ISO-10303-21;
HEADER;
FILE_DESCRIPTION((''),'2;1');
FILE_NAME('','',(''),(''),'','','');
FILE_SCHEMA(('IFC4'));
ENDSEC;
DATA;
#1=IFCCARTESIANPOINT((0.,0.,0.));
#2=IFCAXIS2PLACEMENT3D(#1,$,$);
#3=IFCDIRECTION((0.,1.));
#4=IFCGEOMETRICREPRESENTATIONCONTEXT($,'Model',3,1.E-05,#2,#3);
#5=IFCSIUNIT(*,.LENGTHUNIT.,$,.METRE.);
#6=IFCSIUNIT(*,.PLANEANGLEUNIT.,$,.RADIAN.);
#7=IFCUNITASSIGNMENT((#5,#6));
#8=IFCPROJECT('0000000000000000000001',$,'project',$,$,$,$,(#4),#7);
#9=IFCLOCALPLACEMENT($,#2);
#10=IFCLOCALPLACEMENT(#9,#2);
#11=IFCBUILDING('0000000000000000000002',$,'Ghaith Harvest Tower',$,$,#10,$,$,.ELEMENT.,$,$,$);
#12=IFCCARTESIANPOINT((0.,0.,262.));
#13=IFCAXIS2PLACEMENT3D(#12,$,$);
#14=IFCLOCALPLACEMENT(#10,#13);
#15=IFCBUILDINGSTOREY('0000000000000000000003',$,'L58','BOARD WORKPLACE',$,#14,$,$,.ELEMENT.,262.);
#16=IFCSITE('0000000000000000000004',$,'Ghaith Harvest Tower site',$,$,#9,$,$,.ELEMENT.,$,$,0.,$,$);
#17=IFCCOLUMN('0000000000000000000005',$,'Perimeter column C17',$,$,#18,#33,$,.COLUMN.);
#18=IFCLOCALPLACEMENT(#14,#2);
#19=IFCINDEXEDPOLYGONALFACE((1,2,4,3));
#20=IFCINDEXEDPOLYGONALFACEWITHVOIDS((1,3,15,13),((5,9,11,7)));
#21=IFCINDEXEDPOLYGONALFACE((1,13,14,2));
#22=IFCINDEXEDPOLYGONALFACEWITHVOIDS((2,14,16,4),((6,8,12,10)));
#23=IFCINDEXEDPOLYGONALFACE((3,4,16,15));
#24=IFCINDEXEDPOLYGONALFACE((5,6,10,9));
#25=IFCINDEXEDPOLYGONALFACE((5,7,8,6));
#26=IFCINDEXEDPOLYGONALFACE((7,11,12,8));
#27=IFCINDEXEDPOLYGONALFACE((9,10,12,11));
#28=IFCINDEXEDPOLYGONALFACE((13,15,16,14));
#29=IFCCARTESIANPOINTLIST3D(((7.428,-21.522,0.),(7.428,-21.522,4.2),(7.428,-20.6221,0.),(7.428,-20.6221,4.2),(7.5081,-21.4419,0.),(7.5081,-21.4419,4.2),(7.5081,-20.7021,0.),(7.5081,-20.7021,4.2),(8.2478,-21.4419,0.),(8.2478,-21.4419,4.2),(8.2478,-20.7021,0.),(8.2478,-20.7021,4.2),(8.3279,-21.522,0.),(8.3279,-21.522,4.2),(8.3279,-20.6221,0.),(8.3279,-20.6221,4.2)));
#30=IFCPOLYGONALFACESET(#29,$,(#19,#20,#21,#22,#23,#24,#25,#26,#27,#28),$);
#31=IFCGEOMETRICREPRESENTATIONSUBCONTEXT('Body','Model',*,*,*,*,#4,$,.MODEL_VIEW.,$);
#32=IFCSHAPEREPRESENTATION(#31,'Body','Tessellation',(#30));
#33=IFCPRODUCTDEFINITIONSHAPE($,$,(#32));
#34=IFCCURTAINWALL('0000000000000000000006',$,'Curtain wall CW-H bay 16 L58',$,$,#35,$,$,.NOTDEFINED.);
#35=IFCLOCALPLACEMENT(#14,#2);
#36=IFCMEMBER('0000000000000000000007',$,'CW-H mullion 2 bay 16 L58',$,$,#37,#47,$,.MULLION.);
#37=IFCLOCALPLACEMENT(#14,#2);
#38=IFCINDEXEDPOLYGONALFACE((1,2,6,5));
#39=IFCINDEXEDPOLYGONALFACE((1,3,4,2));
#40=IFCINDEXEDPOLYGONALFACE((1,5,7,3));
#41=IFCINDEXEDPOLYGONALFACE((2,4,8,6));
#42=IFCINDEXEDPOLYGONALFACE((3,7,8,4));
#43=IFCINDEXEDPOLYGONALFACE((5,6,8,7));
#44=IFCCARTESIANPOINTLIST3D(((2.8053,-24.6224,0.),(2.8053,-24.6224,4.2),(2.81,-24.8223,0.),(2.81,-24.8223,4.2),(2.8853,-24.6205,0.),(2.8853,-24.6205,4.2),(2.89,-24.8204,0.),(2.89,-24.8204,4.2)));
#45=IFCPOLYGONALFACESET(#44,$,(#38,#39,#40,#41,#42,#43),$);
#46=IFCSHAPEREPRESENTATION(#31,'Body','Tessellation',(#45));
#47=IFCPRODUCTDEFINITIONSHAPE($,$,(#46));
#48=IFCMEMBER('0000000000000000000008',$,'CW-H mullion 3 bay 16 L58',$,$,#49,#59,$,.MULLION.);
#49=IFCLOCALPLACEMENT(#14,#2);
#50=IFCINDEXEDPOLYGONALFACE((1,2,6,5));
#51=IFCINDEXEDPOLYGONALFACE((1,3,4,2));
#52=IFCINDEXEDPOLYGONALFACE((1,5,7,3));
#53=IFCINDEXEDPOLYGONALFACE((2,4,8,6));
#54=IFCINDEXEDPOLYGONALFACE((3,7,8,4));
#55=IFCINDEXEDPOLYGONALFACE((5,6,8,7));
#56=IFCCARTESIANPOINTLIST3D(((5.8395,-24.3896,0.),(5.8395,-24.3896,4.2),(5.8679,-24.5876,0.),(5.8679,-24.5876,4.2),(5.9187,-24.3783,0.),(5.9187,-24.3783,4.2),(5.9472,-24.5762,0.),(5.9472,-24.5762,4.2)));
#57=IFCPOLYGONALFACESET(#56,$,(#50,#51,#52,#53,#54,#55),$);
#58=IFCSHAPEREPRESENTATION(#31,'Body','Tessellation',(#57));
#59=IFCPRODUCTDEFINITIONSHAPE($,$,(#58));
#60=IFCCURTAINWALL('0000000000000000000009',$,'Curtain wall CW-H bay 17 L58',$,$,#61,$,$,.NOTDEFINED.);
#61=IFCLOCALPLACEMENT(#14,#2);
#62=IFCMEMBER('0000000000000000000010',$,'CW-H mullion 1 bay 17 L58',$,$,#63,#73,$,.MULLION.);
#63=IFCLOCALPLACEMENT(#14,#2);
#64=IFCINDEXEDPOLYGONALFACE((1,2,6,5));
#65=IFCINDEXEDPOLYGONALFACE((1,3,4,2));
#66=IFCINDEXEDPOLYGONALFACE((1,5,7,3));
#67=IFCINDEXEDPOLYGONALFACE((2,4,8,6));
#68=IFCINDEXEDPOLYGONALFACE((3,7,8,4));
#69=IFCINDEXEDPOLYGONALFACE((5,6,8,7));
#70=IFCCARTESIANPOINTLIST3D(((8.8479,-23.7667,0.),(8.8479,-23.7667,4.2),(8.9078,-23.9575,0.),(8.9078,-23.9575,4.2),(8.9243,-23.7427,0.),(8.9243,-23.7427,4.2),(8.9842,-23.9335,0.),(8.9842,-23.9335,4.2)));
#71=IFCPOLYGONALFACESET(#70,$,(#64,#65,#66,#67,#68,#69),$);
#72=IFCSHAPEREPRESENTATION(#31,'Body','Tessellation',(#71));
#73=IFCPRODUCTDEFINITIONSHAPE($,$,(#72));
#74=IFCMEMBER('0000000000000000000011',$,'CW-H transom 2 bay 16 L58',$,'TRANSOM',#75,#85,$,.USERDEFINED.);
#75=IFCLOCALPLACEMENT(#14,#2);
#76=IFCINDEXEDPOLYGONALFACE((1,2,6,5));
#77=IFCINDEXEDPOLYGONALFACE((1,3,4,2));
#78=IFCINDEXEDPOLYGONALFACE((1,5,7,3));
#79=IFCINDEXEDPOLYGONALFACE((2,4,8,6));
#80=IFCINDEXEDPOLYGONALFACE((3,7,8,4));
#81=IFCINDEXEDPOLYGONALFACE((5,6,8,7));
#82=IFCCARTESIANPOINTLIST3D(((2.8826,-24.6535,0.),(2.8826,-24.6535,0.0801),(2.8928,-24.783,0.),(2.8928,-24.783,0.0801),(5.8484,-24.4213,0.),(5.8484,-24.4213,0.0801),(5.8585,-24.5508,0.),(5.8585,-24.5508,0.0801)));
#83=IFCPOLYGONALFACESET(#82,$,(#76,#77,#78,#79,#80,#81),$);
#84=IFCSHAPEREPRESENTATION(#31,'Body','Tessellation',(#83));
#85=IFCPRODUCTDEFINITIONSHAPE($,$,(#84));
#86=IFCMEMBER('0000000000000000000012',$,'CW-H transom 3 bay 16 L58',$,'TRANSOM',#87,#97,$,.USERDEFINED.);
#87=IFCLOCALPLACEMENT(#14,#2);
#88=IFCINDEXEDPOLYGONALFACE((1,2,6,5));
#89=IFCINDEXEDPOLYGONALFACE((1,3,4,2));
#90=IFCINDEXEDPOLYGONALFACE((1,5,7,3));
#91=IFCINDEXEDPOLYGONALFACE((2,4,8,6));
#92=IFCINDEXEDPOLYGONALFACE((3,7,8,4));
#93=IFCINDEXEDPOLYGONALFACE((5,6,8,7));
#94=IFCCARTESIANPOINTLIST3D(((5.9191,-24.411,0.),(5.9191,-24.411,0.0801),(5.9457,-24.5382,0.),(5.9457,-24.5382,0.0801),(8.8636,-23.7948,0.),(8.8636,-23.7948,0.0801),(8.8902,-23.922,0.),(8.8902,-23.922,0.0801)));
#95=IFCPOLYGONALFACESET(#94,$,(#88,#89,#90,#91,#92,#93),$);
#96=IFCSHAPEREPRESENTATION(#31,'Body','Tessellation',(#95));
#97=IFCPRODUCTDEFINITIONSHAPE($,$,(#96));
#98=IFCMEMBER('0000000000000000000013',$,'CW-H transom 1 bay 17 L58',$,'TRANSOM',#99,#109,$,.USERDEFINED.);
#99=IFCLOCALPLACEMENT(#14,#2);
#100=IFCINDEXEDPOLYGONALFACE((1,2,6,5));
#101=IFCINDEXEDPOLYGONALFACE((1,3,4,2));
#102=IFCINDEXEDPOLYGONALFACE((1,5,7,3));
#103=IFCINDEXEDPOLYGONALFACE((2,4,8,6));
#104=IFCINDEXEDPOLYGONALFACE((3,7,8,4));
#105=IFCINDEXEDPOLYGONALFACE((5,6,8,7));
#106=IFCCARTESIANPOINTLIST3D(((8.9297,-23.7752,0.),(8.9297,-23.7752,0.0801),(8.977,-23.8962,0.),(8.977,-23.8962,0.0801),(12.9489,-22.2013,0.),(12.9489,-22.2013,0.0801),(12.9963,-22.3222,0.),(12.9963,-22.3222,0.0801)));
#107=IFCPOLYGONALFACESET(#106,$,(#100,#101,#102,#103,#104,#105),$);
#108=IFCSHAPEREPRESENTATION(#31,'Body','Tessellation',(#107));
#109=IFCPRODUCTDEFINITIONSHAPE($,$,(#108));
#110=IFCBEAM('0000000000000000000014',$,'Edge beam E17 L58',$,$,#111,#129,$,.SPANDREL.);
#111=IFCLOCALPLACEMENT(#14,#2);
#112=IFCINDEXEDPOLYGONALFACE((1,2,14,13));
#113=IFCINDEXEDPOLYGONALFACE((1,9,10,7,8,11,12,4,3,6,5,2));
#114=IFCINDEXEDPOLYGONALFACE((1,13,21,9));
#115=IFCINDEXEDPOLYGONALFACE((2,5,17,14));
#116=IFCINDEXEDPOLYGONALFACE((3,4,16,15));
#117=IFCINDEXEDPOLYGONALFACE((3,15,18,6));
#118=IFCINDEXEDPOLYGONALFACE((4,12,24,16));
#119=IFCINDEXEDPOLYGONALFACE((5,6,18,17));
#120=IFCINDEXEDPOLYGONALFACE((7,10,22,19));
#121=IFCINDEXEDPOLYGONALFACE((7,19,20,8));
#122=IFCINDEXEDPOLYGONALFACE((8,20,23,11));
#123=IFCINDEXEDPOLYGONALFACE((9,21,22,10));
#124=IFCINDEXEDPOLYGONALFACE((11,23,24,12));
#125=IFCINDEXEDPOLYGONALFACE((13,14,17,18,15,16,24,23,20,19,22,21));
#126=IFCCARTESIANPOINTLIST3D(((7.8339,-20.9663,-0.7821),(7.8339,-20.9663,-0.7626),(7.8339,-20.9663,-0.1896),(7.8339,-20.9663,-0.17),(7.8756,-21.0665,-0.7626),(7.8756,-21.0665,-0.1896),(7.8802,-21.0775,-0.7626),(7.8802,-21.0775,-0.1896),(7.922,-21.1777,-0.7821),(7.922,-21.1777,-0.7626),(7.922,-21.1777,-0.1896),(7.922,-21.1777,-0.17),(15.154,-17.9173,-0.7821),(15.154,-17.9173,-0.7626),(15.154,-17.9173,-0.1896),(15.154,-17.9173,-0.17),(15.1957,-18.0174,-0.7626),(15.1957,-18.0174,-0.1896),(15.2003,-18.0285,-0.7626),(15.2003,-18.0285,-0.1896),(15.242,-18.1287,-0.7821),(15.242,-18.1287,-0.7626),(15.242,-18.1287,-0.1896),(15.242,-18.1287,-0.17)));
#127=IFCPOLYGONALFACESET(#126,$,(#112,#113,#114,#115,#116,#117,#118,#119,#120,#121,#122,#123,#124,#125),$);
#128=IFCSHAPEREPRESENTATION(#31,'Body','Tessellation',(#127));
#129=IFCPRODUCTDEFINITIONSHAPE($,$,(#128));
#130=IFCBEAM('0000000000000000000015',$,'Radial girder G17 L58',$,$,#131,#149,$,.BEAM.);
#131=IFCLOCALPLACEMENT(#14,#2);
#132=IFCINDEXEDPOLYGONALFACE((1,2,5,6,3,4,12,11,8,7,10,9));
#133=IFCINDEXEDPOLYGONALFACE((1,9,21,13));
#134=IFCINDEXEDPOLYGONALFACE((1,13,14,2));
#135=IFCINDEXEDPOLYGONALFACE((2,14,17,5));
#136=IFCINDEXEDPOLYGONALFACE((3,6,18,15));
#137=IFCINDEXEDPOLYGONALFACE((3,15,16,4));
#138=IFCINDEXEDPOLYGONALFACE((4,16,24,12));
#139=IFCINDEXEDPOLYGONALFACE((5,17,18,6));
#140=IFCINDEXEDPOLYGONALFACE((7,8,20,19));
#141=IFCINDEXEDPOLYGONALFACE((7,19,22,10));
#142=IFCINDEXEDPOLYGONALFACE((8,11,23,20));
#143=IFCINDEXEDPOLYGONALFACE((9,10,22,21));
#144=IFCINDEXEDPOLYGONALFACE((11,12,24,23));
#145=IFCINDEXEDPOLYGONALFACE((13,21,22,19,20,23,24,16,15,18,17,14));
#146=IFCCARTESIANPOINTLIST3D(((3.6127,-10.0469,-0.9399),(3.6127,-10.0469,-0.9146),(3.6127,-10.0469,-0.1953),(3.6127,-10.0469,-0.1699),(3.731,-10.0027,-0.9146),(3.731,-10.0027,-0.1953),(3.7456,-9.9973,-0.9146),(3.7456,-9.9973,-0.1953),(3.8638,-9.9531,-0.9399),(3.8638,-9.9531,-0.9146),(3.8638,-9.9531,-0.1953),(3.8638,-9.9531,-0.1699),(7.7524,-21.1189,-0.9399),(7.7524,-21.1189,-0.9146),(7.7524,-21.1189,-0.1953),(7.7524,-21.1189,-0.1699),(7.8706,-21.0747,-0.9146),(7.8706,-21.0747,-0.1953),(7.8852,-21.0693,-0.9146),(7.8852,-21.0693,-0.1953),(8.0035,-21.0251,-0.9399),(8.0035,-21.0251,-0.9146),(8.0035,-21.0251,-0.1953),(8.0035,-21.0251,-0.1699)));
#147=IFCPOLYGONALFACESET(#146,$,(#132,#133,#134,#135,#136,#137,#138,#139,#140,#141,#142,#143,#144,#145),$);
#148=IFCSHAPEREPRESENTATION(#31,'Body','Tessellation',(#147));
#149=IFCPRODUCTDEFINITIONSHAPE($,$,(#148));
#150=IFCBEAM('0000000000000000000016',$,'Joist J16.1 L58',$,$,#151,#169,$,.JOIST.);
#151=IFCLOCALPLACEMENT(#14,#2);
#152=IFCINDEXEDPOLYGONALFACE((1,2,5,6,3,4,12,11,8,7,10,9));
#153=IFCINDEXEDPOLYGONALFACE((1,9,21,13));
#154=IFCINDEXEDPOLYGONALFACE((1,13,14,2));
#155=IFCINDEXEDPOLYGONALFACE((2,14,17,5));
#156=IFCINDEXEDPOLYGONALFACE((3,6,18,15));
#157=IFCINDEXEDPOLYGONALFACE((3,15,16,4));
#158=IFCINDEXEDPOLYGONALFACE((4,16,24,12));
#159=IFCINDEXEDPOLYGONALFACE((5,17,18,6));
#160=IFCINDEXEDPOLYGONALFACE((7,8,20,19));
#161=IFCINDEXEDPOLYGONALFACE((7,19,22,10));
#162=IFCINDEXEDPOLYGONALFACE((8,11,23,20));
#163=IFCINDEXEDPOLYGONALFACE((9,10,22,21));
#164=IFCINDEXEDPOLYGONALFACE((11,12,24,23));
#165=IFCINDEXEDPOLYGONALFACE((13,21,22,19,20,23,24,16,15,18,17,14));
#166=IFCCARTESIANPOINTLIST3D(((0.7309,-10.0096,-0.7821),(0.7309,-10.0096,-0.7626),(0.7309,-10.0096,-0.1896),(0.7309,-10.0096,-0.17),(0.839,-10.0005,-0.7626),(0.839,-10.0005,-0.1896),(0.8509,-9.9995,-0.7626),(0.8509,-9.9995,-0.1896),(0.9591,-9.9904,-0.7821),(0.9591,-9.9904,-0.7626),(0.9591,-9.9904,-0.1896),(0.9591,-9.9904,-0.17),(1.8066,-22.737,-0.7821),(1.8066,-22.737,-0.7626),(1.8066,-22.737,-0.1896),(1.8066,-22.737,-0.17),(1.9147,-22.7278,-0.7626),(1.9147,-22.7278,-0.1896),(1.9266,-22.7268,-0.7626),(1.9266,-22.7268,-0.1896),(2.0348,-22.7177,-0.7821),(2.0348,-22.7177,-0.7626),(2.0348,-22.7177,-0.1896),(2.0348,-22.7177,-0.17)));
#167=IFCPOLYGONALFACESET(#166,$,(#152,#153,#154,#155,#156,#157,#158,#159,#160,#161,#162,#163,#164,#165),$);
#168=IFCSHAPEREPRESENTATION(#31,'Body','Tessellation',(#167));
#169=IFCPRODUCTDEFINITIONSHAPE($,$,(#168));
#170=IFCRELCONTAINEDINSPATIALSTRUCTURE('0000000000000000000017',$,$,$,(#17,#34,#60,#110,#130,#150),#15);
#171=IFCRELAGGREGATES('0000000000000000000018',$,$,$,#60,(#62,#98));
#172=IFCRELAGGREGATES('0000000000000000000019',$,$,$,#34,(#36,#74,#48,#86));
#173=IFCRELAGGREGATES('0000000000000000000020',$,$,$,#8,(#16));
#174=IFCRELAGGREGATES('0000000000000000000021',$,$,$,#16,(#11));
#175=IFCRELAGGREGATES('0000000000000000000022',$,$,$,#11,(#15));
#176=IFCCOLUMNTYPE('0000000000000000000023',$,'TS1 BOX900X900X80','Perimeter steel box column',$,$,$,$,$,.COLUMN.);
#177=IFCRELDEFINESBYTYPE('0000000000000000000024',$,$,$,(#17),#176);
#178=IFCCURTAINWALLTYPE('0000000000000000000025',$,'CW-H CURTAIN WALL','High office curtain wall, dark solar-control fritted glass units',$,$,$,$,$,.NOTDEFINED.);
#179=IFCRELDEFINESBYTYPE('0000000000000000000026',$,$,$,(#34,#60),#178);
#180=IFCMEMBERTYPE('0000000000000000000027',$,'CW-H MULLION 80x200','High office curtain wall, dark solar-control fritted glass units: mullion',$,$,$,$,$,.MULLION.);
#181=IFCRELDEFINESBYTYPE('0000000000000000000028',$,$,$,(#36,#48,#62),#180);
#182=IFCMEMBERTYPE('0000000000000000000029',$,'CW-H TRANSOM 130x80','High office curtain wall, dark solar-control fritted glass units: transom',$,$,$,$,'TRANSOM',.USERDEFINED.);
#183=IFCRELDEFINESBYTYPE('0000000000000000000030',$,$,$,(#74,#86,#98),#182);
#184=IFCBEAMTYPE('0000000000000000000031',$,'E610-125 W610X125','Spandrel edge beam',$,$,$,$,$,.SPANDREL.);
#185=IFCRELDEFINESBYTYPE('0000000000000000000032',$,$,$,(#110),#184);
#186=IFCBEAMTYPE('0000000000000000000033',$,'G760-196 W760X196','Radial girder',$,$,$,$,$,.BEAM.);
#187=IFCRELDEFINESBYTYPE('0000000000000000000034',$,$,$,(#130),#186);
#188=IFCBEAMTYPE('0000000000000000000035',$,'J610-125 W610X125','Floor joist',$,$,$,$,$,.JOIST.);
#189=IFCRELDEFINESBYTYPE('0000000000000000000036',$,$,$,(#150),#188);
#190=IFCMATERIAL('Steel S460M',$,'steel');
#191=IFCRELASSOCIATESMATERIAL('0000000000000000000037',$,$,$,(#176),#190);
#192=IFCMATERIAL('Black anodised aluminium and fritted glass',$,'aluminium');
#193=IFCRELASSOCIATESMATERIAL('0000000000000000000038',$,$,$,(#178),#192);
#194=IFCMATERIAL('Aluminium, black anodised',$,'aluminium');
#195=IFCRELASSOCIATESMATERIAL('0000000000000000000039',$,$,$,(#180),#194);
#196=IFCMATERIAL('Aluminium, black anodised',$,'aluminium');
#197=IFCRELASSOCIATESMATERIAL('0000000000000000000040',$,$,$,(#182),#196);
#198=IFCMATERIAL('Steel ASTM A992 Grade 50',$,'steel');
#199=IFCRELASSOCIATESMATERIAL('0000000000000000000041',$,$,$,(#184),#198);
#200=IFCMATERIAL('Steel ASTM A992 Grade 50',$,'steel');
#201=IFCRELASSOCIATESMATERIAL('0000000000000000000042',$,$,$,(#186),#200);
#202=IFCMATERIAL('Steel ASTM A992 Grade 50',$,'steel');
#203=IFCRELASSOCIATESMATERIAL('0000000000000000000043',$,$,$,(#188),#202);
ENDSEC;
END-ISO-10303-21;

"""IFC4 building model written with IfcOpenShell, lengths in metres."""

from ifc_helpers import new_model, si_unit, direction, frame, origin, origin_2d, place, context, subcontext, project, spatial, rectangle, hollow_rectangle, i_section, extrude, material, material_profile, profile_set, type_object, element, aggregate, save


model = new_model("IFC4")

# Units and contexts
model_context = context("Model", 3, precision=1e-05, world=origin(), true_north=direction((0.0, 1.0)))
body_context = subcontext(model_context, "Body", "Model", "MODEL_VIEW")
ifc_project = project(units=[si_unit("LENGTHUNIT", "METRE"), si_unit("PLANEANGLEUNIT", "RADIAN")], contexts=[model_context])

# Site, building, storey
site_placement = place(None, origin())
site = spatial("IfcSite", under=ifc_project, at=site_placement, Name="Ghaith Harvest Tower site", CompositionType="ELEMENT", RefElevation=0.0)
building_placement = place(site_placement, origin())
building = spatial("IfcBuilding", under=site, at=building_placement, Name="Ghaith Harvest Tower", CompositionType="ELEMENT")
storey_placement = place(building_placement, frame((0.0, 0.0, 262.0)))
storey = spatial("IfcBuildingStorey", under=building, at=storey_placement, Name="L58", Description="BOARD WORKPLACE", CompositionType="ELEMENT", Elevation=262.0)

# Column
ifc_material_1 = material(Name="Steel S460M", Category="steel")
ifc_material_profile_1 = material_profile(ifc_material_1, hollow_rectangle(XDim=0.8999, YDim=0.8999, WallThickness=0.0801, at=origin_2d()), Name="BOX900X900X80")
ifc_profile_set_1 = profile_set([ifc_material_profile_1], Name="Steel S460M")
column_type = type_object("IfcColumnType", Name="TS1 BOX900X900X80", Description="Perimeter steel box column", PredefinedType="COLUMN", material=ifc_profile_set_1)
column_placement = place(storey_placement, frame((7.8779, -21.072, 0.0), z_axis=(0.0, 0.0, 1.0), x_axis=(1.0, 0.0, 0.0)))
element("IfcColumn", 1, at=column_placement, inside=storey, type_object=column_type, Name="Perimeter column C17", PredefinedType="COLUMN", context=body_context, shape_type="SweptSolid", body=[
    extrude(hollow_rectangle(XDim=0.8999, YDim=0.8999, WallThickness=0.0801, at=origin_2d()), origin(), (0.0, 0.0, 1.0), 4.2),
])

# Curtain wall, members
ifc_material_2 = material(Name="Black anodised aluminium and fritted glass", Category="aluminium")
curtain_wall_type = type_object("IfcCurtainWallType", Name="CW-H CURTAIN WALL", Description="High office curtain wall, dark solar-control fritted glass units", PredefinedType="NOTDEFINED", material=ifc_material_2)
curtain_wall_1_placement = place(storey_placement, origin())
curtain_wall_1 = element("IfcCurtainWall", 2, at=curtain_wall_1_placement, inside=storey, type_object=curtain_wall_type, Name="Curtain wall CW-H bay 16 L58", PredefinedType="NOTDEFINED")
ifc_material_3 = material(Name="Aluminium, black anodised", Category="aluminium")
ifc_material_profile_2 = material_profile(ifc_material_3, rectangle(XDim=0.0801, YDim=0.2, at=origin_2d()), Name="CW-H MULLION 80x200")
ifc_profile_set_2 = profile_set([ifc_material_profile_2], Name="Aluminium, black anodised")
member_type_1 = type_object("IfcMemberType", Name="CW-H MULLION 80x200", Description="High office curtain wall, dark solar-control fritted glass units: mullion", PredefinedType="MULLION", material=ifc_profile_set_2)
member_1_placement = place(storey_placement, frame((2.8477, -24.7214, 0.0), z_axis=(0.0, 0.0, 1.0), x_axis=(0.999724, 0.023475, 0.0)))
member_1 = element("IfcMember", 3, at=member_1_placement, type_object=member_type_1, Name="CW-H mullion 2 bay 16 L58", PredefinedType="MULLION", context=body_context, shape_type="SweptSolid", body=[
    extrude(rectangle(XDim=0.0801, YDim=0.2, at=origin_2d()), origin(), (0.0, 0.0, 1.0), 4.2),
])
member_2_placement = place(storey_placement, frame((5.8933, -24.4829, 0.0), z_axis=(0.0, 0.0, 1.0), x_axis=(0.989849, 0.142122, 0.0)))
member_2 = element("IfcMember", 4, at=member_2_placement, type_object=member_type_1, Name="CW-H mullion 3 bay 16 L58", PredefinedType="MULLION", context=body_context, shape_type="SweptSolid", body=[
    extrude(rectangle(XDim=0.0801, YDim=0.2, at=origin_2d()), origin(), (0.0, 0.0, 1.0), 4.2),
])

# Curtain wall, member
curtain_wall_2_placement = place(storey_placement, origin())
curtain_wall_2 = element("IfcCurtainWall", 5, at=curtain_wall_2_placement, inside=storey, type_object=curtain_wall_type, Name="Curtain wall CW-H bay 17 L58", PredefinedType="NOTDEFINED")
member_3_placement = place(storey_placement, frame((8.916, -23.8501, 0.0), z_axis=(0.0, 0.0, 1.0), x_axis=(0.95403, 0.299711, 0.0)))
member_3 = element("IfcMember", 6, at=member_3_placement, type_object=member_type_1, Name="CW-H mullion 1 bay 17 L58", PredefinedType="MULLION", context=body_context, shape_type="SweptSolid", body=[
    extrude(rectangle(XDim=0.0801, YDim=0.2, at=origin_2d()), origin(), (0.0, 0.0, 1.0), 4.2),
])

# Members
ifc_material_4 = material(Name="Aluminium, black anodised", Category="aluminium")
ifc_material_profile_3 = material_profile(ifc_material_4, rectangle(XDim=0.1299, YDim=0.0801, at=origin_2d()), Name="CW-H TRANSOM 130x80")
ifc_profile_set_3 = profile_set([ifc_material_profile_3], Name="Aluminium, black anodised")
member_type_2 = type_object("IfcMemberType", Name="CW-H TRANSOM 130x80", Description="High office curtain wall, dark solar-control fritted glass units: transom", ElementType="TRANSOM", PredefinedType="USERDEFINED", material=ifc_profile_set_3)
member_4_placement = place(storey_placement, frame((2.8877, -24.7183, 0.04), z_axis=(0.99695, 0.078046, 0.0), x_axis=(-0.078046, 0.99695, 0.0)))
member_4 = element("IfcMember", 7, at=member_4_placement, type_object=member_type_2, Name="CW-H transom 2 bay 16 L58", ObjectType="TRANSOM", PredefinedType="USERDEFINED", context=body_context, shape_type="SweptSolid", body=[
    extrude(rectangle(XDim=0.1299, YDim=0.0801, at=origin_2d()), origin(), (0.0, 0.0, 1.0), 2.9749),
])
member_5_placement = place(storey_placement, frame((5.9324, -24.4746, 0.04), z_axis=(0.978797, 0.204832, 0.0), x_axis=(-0.204832, 0.978797, 0.0)))
member_5 = element("IfcMember", 8, at=member_5_placement, type_object=member_type_2, Name="CW-H transom 3 bay 16 L58", ObjectType="TRANSOM", PredefinedType="USERDEFINED", context=body_context, shape_type="SweptSolid", body=[
    extrude(rectangle(XDim=0.1299, YDim=0.0801, at=origin_2d()), origin(), (0.0, 0.0, 1.0), 3.0083),
])
member_6_placement = place(storey_placement, frame((8.9534, -23.8357, 0.04), z_axis=(0.931148, 0.364642, 0.0), x_axis=(-0.364642, 0.931148, 0.0)))
member_6 = element("IfcMember", 9, at=member_6_placement, type_object=member_type_2, Name="CW-H transom 1 bay 17 L58", ObjectType="TRANSOM", PredefinedType="USERDEFINED", context=body_context, shape_type="SweptSolid", body=[
    extrude(rectangle(XDim=0.1299, YDim=0.0801, at=origin_2d()), origin(), (0.0, 0.0, 1.0), 4.3164),
])
aggregate(curtain_wall_2, [member_3, member_6])

# Beams
ifc_material_5 = material(Name="Steel ASTM A992 Grade 50", Category="steel")
ifc_material_profile_4 = material_profile(ifc_material_5, i_section(OverallWidth=0.229, OverallDepth=0.6121, WebThickness=0.012, FlangeThickness=0.0195, at=origin_2d()), Name="W610X125")
ifc_profile_set_4 = profile_set([ifc_material_profile_4], Name="Steel ASTM A992 Grade 50")
beam_type_1 = type_object("IfcBeamType", Name="E610-125 W610X125", Description="Spandrel edge beam", PredefinedType="SPANDREL", material=ifc_profile_set_4)
beam_1_placement = place(storey_placement, frame((7.8779, -21.072, -0.4761), z_axis=(0.92312, 0.384513, 0.0), x_axis=(-0.384513, 0.92312, 0.0)))
element("IfcBeam", 10, at=beam_1_placement, inside=storey, type_object=beam_type_1, Name="Edge beam E17 L58", PredefinedType="SPANDREL", context=body_context, shape_type="SweptSolid", body=[
    extrude(i_section(OverallWidth=0.229, OverallDepth=0.6121, WebThickness=0.012, FlangeThickness=0.0195, at=origin_2d()), origin(), (0.0, 0.0, 1.0), 7.9297),
])
ifc_material_6 = material(Name="Steel ASTM A992 Grade 50", Category="steel")
ifc_material_profile_5 = material_profile(ifc_material_6, i_section(OverallWidth=0.2681, OverallDepth=0.77, WebThickness=0.0156, FlangeThickness=0.0254, at=origin_2d()), Name="W760X196")
ifc_profile_set_5 = profile_set([ifc_material_profile_5], Name="Steel ASTM A992 Grade 50")
beam_type_2 = type_object("IfcBeamType", Name="G760-196 W760X196", Description="Radial girder", PredefinedType="BEAM", material=ifc_profile_set_5)
beam_2_placement = place(storey_placement, frame((3.7383, -10.0, -0.5549), z_axis=(0.350207, -0.936672, 0.0), x_axis=(0.936672, 0.350207, 0.0)))
element("IfcBeam", 11, at=beam_2_placement, inside=storey, type_object=beam_type_2, Name="Radial girder G17 L58", PredefinedType="BEAM", context=body_context, shape_type="SweptSolid", body=[
    extrude(i_section(OverallWidth=0.2681, OverallDepth=0.77, WebThickness=0.0156, FlangeThickness=0.0254, at=origin_2d()), origin(), (0.0, 0.0, 1.0), 11.8206),
])
ifc_material_7 = material(Name="Steel ASTM A992 Grade 50", Category="steel")
ifc_material_profile_6 = material_profile(ifc_material_7, i_section(OverallWidth=0.229, OverallDepth=0.6121, WebThickness=0.012, FlangeThickness=0.0195, at=origin_2d()), Name="W610X125")
ifc_profile_set_6 = profile_set([ifc_material_profile_6], Name="Steel ASTM A992 Grade 50")
beam_type_3 = type_object("IfcBeamType", Name="J610-125 W610X125", Description="Floor joist", PredefinedType="JOIST", material=ifc_profile_set_6)
beam_3_placement = place(storey_placement, frame((0.845, -10.0, -0.4761), z_axis=(0.084218, -0.996447, 0.0), x_axis=(0.996447, 0.084218, 0.0)))
element("IfcBeam", 12, at=beam_3_placement, inside=storey, type_object=beam_type_3, Name="Joist J16.1 L58", PredefinedType="JOIST", context=body_context, shape_type="SweptSolid", body=[
    extrude(i_section(OverallWidth=0.229, OverallDepth=0.6121, WebThickness=0.012, FlangeThickness=0.0195, at=origin_2d()), origin(), (0.0, 0.0, 1.0), 12.7727),
])

aggregate(curtain_wall_1, [member_1, member_4, member_2, member_5])

save(model, "model.ifc")
